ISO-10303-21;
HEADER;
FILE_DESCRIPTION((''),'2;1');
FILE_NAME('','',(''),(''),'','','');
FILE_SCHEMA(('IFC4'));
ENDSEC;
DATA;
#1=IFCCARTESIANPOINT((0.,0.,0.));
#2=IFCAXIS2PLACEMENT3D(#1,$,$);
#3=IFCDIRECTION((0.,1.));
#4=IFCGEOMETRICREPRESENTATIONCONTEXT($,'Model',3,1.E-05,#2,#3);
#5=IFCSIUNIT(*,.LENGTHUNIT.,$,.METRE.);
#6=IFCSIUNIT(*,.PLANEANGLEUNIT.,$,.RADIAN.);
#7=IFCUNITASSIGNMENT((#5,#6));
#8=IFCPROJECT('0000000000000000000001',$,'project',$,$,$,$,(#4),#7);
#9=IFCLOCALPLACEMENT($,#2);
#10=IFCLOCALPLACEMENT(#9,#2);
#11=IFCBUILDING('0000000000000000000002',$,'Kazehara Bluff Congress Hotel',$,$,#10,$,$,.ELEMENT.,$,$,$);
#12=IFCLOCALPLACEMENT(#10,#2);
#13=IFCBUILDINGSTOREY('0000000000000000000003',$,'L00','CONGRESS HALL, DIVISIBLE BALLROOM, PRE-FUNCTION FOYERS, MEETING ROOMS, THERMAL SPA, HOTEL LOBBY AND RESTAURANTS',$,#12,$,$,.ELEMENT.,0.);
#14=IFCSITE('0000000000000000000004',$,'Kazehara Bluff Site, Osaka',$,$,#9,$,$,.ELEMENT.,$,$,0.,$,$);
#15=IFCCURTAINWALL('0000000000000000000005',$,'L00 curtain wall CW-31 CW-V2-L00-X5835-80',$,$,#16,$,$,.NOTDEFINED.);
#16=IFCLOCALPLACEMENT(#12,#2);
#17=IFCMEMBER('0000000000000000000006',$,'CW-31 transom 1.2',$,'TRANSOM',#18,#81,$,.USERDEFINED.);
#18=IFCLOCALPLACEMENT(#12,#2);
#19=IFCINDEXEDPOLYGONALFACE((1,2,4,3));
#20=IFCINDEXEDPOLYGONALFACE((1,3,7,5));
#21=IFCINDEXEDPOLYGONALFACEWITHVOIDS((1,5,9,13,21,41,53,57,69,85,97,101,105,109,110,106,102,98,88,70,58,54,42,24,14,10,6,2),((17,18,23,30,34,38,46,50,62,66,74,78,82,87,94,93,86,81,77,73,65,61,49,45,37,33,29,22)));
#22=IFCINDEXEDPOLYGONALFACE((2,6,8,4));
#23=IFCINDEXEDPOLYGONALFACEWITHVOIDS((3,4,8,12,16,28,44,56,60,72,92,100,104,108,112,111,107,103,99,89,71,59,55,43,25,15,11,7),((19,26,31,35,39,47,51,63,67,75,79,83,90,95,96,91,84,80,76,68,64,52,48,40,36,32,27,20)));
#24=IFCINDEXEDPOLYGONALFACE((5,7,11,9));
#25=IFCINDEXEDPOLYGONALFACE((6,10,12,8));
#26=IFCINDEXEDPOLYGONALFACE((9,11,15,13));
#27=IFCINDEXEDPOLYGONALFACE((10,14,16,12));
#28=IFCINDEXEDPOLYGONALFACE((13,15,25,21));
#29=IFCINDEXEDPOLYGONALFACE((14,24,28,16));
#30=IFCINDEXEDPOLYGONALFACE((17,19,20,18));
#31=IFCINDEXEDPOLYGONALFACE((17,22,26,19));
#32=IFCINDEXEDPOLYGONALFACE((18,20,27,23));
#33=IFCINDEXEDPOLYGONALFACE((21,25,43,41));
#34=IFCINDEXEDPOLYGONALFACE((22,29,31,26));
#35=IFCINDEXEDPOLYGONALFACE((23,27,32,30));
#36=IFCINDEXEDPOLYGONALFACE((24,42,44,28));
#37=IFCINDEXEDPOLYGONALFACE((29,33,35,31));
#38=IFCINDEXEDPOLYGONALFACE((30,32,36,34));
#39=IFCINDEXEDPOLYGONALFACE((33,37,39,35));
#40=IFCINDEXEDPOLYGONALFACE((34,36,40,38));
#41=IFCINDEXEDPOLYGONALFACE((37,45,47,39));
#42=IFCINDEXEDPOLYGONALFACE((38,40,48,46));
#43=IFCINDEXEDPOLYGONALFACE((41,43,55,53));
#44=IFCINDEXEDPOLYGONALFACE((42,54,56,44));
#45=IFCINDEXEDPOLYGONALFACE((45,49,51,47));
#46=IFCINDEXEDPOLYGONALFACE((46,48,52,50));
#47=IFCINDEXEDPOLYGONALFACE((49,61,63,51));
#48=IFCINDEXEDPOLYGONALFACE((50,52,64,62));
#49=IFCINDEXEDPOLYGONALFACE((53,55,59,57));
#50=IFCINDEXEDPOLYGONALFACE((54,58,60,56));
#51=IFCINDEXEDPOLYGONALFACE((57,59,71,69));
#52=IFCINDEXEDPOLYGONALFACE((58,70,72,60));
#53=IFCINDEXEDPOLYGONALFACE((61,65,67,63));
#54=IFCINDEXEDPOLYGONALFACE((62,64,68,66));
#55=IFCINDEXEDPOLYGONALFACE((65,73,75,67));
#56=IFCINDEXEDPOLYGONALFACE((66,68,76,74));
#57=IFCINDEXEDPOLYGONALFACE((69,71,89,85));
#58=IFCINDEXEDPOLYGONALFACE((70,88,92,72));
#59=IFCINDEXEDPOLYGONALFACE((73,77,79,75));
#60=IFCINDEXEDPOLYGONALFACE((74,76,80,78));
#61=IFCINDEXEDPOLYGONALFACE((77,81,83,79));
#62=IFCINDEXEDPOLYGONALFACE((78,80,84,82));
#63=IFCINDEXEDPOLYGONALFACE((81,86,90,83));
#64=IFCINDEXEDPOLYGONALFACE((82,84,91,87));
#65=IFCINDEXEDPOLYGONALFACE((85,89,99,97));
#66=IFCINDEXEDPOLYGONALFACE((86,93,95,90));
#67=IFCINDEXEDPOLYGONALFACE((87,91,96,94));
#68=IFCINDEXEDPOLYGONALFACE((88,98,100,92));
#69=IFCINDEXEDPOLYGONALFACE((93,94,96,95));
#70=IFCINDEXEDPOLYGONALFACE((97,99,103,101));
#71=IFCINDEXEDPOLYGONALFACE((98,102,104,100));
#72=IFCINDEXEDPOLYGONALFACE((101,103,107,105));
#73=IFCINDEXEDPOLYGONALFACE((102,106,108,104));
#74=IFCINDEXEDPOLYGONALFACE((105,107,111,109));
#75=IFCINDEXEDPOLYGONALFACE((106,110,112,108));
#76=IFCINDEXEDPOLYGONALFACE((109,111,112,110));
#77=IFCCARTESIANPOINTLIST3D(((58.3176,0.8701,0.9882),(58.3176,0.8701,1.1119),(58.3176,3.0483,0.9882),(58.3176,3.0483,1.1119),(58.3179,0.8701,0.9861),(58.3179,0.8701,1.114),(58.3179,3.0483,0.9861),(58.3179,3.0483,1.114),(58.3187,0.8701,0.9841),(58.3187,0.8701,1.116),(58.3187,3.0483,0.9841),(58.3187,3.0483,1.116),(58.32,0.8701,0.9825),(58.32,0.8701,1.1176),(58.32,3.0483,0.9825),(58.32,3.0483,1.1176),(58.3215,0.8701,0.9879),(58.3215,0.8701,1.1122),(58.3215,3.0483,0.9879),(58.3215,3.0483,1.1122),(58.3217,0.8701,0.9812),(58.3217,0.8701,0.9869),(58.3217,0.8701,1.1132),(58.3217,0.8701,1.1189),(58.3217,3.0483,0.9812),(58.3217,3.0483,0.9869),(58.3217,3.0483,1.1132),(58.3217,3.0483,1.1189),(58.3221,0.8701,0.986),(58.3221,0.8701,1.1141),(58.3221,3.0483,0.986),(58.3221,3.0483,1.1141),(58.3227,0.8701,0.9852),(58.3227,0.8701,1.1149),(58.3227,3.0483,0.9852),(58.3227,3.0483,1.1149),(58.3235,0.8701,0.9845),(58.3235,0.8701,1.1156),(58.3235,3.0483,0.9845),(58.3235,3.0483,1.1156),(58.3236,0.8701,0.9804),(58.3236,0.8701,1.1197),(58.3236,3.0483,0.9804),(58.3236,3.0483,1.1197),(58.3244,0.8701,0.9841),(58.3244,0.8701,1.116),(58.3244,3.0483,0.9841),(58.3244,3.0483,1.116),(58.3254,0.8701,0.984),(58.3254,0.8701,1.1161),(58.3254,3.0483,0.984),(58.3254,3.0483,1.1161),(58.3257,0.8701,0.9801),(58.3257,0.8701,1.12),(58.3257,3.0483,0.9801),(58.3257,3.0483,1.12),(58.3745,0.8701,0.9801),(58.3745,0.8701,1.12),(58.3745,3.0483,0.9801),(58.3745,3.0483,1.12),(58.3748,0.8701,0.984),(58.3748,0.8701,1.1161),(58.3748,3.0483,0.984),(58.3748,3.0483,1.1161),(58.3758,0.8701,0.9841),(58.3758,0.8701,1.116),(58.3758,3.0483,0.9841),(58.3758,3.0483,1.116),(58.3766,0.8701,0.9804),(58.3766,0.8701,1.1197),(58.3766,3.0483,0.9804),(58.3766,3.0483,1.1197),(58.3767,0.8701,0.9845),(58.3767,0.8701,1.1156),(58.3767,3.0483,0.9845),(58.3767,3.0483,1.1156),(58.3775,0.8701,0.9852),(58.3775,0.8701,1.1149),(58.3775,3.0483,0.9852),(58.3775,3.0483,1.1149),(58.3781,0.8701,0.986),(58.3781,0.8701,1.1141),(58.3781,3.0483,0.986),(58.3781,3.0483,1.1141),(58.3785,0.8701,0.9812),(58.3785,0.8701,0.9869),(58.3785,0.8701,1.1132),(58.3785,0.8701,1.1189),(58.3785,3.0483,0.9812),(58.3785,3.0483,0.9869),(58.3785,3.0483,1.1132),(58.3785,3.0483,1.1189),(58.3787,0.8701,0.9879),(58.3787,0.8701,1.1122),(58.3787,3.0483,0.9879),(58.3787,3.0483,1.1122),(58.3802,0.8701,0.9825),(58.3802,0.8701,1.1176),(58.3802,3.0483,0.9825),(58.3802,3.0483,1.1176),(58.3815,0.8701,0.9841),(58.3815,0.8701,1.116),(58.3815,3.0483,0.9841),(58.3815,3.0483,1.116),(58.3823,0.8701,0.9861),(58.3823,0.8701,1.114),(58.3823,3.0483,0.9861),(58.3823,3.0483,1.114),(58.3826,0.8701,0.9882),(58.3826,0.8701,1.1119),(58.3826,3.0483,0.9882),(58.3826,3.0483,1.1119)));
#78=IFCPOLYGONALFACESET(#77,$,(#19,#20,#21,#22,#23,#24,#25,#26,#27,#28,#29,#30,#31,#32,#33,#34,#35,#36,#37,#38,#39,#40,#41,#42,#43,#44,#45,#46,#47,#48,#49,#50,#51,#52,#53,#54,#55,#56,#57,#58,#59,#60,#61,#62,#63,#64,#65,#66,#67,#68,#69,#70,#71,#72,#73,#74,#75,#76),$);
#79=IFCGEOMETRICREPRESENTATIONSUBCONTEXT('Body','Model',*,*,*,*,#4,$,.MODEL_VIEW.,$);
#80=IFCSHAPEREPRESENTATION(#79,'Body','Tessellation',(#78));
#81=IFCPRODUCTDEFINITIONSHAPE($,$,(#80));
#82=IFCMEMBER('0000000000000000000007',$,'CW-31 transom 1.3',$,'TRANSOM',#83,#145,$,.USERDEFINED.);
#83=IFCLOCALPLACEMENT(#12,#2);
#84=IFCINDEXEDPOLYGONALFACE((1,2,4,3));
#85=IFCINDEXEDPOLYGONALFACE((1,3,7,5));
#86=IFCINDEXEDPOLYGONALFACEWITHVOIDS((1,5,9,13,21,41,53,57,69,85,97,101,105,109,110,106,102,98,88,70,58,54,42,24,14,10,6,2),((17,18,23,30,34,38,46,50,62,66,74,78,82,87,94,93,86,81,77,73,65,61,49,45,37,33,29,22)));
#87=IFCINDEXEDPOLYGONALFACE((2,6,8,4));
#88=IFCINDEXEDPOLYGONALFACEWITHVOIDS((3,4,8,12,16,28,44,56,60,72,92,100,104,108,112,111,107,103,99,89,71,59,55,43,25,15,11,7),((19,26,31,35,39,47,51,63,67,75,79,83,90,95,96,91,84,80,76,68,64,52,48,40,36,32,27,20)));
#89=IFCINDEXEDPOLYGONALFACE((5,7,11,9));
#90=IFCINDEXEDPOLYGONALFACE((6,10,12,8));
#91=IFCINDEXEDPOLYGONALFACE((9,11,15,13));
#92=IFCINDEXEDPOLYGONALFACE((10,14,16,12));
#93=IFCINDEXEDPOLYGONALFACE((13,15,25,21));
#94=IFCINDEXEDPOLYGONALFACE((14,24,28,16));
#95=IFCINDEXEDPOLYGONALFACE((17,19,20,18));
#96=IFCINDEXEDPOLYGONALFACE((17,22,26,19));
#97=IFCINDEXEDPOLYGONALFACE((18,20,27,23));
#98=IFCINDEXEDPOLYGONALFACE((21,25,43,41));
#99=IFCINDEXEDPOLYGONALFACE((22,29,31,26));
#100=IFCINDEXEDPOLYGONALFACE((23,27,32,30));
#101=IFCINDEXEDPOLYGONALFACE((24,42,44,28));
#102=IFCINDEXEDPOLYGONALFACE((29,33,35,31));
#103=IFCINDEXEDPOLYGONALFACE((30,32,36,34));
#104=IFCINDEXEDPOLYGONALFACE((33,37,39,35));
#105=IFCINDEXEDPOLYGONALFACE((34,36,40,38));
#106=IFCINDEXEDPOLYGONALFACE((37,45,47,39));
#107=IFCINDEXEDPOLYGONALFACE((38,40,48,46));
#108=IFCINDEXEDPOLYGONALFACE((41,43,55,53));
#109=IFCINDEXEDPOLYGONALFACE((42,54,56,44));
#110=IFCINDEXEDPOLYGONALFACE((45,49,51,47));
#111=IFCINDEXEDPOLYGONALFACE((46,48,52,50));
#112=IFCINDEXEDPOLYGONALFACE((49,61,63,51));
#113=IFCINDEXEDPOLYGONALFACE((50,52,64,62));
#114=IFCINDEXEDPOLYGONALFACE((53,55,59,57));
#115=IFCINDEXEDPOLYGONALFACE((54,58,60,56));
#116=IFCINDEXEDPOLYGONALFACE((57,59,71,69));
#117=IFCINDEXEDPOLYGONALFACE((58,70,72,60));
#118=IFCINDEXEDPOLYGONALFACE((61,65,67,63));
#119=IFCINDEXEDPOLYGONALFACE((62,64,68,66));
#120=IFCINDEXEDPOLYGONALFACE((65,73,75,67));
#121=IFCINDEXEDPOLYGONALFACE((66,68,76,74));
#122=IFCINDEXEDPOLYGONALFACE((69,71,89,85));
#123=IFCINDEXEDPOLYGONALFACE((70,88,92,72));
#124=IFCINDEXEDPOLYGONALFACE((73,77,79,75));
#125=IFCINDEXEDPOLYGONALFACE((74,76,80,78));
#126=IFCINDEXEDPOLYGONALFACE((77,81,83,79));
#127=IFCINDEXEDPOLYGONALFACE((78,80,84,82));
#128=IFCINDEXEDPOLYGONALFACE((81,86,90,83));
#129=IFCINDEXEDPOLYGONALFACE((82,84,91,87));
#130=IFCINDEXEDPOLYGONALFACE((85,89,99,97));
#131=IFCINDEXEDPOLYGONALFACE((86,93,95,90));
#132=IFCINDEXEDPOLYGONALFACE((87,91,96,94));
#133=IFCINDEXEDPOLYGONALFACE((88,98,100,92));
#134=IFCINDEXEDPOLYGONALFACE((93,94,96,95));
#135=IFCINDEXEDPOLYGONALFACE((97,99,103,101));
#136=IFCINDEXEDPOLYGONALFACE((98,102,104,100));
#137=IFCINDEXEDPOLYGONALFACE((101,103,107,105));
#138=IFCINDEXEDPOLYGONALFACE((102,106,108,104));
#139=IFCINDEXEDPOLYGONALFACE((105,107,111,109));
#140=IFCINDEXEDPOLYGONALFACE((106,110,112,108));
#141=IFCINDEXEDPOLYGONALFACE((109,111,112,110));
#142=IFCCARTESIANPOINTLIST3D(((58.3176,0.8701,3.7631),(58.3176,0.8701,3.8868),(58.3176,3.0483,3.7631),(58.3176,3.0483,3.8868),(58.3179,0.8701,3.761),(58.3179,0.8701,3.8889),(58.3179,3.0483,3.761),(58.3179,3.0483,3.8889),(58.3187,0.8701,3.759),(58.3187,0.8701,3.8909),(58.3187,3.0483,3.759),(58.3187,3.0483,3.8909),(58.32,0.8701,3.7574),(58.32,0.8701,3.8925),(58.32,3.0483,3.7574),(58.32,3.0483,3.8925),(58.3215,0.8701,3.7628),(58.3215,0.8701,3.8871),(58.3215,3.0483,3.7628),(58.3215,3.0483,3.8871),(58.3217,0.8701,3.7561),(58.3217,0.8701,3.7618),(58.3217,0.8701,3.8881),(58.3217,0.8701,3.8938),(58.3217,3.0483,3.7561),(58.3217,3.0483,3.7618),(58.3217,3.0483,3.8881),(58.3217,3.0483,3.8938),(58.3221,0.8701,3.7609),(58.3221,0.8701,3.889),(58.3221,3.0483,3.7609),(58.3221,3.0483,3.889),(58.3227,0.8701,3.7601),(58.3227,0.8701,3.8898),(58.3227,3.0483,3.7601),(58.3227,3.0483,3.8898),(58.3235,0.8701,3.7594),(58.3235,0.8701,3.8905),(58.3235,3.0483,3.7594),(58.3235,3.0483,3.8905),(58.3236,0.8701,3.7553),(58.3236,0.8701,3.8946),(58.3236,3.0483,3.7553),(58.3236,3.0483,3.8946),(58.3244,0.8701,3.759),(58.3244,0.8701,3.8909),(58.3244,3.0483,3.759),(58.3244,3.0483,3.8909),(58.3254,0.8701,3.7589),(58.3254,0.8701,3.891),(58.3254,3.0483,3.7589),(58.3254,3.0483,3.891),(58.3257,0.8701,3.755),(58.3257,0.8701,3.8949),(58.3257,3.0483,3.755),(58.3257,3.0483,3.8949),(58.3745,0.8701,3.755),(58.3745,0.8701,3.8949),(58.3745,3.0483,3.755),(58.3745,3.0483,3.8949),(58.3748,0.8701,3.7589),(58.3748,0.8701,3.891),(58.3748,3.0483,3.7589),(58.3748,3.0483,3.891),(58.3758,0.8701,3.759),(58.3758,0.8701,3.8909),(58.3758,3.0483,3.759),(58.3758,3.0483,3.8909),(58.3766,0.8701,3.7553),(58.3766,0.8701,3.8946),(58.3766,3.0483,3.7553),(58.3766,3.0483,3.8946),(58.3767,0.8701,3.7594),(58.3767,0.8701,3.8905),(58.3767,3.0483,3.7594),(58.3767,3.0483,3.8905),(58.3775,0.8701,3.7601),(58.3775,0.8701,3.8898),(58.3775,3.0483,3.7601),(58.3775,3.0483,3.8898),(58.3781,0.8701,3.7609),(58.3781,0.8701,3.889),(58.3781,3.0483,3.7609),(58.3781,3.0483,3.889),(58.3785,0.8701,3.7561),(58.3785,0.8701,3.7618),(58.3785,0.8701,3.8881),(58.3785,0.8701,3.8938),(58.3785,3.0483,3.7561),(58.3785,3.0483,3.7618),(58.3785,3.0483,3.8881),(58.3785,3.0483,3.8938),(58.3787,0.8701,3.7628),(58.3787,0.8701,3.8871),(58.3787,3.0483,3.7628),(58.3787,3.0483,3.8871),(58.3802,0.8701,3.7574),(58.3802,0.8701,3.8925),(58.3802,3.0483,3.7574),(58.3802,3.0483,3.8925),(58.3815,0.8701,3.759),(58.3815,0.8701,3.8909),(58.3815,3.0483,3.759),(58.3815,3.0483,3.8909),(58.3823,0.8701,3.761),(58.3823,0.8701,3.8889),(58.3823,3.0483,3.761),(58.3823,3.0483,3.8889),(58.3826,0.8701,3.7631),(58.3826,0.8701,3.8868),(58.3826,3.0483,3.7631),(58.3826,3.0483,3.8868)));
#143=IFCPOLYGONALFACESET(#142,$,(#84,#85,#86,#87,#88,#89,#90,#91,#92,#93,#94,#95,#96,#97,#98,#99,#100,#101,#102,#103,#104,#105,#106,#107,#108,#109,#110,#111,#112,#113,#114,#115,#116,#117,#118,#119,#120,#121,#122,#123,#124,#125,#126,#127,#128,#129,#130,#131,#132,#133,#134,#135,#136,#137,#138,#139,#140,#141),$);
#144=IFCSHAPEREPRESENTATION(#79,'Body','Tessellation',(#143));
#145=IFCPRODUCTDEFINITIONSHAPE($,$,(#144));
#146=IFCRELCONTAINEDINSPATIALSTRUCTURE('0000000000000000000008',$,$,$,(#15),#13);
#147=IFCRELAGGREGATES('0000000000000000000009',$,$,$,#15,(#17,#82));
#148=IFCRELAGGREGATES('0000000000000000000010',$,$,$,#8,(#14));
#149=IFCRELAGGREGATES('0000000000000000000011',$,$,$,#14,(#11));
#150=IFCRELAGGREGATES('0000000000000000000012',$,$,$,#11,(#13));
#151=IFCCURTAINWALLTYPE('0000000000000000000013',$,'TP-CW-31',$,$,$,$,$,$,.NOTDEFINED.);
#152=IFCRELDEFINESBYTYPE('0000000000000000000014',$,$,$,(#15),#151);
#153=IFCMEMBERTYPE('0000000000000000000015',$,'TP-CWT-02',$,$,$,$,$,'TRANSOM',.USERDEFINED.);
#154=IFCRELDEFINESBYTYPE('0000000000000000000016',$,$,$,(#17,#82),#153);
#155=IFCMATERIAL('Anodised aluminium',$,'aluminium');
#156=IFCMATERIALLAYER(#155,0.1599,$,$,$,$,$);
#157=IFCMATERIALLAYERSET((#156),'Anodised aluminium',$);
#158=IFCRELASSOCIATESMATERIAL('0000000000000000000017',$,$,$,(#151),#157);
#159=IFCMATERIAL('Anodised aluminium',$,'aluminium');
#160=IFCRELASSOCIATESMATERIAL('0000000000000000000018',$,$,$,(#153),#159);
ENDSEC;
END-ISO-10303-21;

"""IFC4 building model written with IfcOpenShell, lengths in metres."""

from ifc_helpers import new_model, si_unit, direction, frame, origin, origin_2d, place, context, subcontext, project, spatial, hollow_rectangle, extrude, material, layer, layer_set, material_profile, profile_set, type_object, element, aggregate, save


model = new_model("IFC4")

# Units and contexts
model_context = context("Model", 3, precision=1e-05, world=origin(), true_north=direction((0.0, 1.0)))
body_context = subcontext(model_context, "Body", "Model", "MODEL_VIEW")
ifc_project = project(units=[si_unit("LENGTHUNIT", "METRE"), si_unit("PLANEANGLEUNIT", "RADIAN")], contexts=[model_context])

# Site, building, storey
site_placement = place(None, origin())
site = spatial("IfcSite", under=ifc_project, at=site_placement, Name="Kazehara Bluff Site, Osaka", CompositionType="ELEMENT", RefElevation=0.0)
building_placement = place(site_placement, origin())
building = spatial("IfcBuilding", under=site, at=building_placement, Name="Kazehara Bluff Congress Hotel", CompositionType="ELEMENT")
storey_placement = place(building_placement, origin())
storey = spatial("IfcBuildingStorey", under=building, at=storey_placement, Name="L00", Description="CONGRESS HALL, DIVISIBLE BALLROOM, PRE-FUNCTION FOYERS, MEETING ROOMS, THERMAL SPA, HOTEL LOBBY AND RESTAURANTS", CompositionType="ELEMENT", Elevation=0.0)

# Curtain wall, members
ifc_material_1 = material(Name="Anodised aluminium", Category="aluminium")
ifc_layer_1 = layer(ifc_material_1, 0.1599)
ifc_layer_set_1 = layer_set([ifc_layer_1], Name="Anodised aluminium")
curtain_wall_type = type_object("IfcCurtainWallType", Name="TP-CW-31", PredefinedType="NOTDEFINED", material=ifc_layer_set_1)
curtain_wall_placement = place(storey_placement, origin())
curtain_wall = element("IfcCurtainWall", 1, at=curtain_wall_placement, inside=storey, type_object=curtain_wall_type, Name="L00 curtain wall CW-31 CW-V2-L00-X5835-80", PredefinedType="NOTDEFINED")
ifc_material_2 = material(Name="Anodised aluminium", Category="aluminium")
ifc_material_profile_1 = material_profile(ifc_material_2, hollow_rectangle(XDim=0.0649, YDim=0.1399, WallThickness=0.0039, InnerFilletRadius=0.0039, OuterFilletRadius=0.0081, at=origin_2d()))
ifc_profile_set_1 = profile_set([ifc_material_profile_1], Name="Anodised aluminium")
member_type_1 = type_object("IfcMemberType", Name="TP-CWT-02", ElementType="TRANSOM", PredefinedType="USERDEFINED", material=ifc_profile_set_1)
member_1_placement = place(storey_placement, frame((58.3501, 0.8701, 1.05), z_axis=(0.0, 1.0, 0.0), x_axis=(-1.0, 0.0, 0.0)))
member_1 = element("IfcMember", 2, at=member_1_placement, type_object=member_type_1, Name="CW-31 transom 1.2", ObjectType="TRANSOM", PredefinedType="USERDEFINED", context=body_context, shape_type="SweptSolid", body=[
    extrude(hollow_rectangle(XDim=0.0649, YDim=0.1399, WallThickness=0.0039, InnerFilletRadius=0.0039, OuterFilletRadius=0.0081, at=origin_2d()), origin(), (0.0, 0.0, 1.0), 2.1782),
])
member_2_placement = place(storey_placement, frame((58.3501, 0.8701, 3.825), z_axis=(0.0, 1.0, 0.0), x_axis=(-1.0, 0.0, 0.0)))
member_2 = element("IfcMember", 3, at=member_2_placement, type_object=member_type_1, Name="CW-31 transom 1.3", ObjectType="TRANSOM", PredefinedType="USERDEFINED", context=body_context, shape_type="SweptSolid", body=[
    extrude(hollow_rectangle(XDim=0.0649, YDim=0.1399, WallThickness=0.0039, InnerFilletRadius=0.0039, OuterFilletRadius=0.0081, at=origin_2d()), origin(), (0.0, 0.0, 1.0), 2.1782),
])

aggregate(curtain_wall, [member_1, member_2])

save(model, "model.ifc")
